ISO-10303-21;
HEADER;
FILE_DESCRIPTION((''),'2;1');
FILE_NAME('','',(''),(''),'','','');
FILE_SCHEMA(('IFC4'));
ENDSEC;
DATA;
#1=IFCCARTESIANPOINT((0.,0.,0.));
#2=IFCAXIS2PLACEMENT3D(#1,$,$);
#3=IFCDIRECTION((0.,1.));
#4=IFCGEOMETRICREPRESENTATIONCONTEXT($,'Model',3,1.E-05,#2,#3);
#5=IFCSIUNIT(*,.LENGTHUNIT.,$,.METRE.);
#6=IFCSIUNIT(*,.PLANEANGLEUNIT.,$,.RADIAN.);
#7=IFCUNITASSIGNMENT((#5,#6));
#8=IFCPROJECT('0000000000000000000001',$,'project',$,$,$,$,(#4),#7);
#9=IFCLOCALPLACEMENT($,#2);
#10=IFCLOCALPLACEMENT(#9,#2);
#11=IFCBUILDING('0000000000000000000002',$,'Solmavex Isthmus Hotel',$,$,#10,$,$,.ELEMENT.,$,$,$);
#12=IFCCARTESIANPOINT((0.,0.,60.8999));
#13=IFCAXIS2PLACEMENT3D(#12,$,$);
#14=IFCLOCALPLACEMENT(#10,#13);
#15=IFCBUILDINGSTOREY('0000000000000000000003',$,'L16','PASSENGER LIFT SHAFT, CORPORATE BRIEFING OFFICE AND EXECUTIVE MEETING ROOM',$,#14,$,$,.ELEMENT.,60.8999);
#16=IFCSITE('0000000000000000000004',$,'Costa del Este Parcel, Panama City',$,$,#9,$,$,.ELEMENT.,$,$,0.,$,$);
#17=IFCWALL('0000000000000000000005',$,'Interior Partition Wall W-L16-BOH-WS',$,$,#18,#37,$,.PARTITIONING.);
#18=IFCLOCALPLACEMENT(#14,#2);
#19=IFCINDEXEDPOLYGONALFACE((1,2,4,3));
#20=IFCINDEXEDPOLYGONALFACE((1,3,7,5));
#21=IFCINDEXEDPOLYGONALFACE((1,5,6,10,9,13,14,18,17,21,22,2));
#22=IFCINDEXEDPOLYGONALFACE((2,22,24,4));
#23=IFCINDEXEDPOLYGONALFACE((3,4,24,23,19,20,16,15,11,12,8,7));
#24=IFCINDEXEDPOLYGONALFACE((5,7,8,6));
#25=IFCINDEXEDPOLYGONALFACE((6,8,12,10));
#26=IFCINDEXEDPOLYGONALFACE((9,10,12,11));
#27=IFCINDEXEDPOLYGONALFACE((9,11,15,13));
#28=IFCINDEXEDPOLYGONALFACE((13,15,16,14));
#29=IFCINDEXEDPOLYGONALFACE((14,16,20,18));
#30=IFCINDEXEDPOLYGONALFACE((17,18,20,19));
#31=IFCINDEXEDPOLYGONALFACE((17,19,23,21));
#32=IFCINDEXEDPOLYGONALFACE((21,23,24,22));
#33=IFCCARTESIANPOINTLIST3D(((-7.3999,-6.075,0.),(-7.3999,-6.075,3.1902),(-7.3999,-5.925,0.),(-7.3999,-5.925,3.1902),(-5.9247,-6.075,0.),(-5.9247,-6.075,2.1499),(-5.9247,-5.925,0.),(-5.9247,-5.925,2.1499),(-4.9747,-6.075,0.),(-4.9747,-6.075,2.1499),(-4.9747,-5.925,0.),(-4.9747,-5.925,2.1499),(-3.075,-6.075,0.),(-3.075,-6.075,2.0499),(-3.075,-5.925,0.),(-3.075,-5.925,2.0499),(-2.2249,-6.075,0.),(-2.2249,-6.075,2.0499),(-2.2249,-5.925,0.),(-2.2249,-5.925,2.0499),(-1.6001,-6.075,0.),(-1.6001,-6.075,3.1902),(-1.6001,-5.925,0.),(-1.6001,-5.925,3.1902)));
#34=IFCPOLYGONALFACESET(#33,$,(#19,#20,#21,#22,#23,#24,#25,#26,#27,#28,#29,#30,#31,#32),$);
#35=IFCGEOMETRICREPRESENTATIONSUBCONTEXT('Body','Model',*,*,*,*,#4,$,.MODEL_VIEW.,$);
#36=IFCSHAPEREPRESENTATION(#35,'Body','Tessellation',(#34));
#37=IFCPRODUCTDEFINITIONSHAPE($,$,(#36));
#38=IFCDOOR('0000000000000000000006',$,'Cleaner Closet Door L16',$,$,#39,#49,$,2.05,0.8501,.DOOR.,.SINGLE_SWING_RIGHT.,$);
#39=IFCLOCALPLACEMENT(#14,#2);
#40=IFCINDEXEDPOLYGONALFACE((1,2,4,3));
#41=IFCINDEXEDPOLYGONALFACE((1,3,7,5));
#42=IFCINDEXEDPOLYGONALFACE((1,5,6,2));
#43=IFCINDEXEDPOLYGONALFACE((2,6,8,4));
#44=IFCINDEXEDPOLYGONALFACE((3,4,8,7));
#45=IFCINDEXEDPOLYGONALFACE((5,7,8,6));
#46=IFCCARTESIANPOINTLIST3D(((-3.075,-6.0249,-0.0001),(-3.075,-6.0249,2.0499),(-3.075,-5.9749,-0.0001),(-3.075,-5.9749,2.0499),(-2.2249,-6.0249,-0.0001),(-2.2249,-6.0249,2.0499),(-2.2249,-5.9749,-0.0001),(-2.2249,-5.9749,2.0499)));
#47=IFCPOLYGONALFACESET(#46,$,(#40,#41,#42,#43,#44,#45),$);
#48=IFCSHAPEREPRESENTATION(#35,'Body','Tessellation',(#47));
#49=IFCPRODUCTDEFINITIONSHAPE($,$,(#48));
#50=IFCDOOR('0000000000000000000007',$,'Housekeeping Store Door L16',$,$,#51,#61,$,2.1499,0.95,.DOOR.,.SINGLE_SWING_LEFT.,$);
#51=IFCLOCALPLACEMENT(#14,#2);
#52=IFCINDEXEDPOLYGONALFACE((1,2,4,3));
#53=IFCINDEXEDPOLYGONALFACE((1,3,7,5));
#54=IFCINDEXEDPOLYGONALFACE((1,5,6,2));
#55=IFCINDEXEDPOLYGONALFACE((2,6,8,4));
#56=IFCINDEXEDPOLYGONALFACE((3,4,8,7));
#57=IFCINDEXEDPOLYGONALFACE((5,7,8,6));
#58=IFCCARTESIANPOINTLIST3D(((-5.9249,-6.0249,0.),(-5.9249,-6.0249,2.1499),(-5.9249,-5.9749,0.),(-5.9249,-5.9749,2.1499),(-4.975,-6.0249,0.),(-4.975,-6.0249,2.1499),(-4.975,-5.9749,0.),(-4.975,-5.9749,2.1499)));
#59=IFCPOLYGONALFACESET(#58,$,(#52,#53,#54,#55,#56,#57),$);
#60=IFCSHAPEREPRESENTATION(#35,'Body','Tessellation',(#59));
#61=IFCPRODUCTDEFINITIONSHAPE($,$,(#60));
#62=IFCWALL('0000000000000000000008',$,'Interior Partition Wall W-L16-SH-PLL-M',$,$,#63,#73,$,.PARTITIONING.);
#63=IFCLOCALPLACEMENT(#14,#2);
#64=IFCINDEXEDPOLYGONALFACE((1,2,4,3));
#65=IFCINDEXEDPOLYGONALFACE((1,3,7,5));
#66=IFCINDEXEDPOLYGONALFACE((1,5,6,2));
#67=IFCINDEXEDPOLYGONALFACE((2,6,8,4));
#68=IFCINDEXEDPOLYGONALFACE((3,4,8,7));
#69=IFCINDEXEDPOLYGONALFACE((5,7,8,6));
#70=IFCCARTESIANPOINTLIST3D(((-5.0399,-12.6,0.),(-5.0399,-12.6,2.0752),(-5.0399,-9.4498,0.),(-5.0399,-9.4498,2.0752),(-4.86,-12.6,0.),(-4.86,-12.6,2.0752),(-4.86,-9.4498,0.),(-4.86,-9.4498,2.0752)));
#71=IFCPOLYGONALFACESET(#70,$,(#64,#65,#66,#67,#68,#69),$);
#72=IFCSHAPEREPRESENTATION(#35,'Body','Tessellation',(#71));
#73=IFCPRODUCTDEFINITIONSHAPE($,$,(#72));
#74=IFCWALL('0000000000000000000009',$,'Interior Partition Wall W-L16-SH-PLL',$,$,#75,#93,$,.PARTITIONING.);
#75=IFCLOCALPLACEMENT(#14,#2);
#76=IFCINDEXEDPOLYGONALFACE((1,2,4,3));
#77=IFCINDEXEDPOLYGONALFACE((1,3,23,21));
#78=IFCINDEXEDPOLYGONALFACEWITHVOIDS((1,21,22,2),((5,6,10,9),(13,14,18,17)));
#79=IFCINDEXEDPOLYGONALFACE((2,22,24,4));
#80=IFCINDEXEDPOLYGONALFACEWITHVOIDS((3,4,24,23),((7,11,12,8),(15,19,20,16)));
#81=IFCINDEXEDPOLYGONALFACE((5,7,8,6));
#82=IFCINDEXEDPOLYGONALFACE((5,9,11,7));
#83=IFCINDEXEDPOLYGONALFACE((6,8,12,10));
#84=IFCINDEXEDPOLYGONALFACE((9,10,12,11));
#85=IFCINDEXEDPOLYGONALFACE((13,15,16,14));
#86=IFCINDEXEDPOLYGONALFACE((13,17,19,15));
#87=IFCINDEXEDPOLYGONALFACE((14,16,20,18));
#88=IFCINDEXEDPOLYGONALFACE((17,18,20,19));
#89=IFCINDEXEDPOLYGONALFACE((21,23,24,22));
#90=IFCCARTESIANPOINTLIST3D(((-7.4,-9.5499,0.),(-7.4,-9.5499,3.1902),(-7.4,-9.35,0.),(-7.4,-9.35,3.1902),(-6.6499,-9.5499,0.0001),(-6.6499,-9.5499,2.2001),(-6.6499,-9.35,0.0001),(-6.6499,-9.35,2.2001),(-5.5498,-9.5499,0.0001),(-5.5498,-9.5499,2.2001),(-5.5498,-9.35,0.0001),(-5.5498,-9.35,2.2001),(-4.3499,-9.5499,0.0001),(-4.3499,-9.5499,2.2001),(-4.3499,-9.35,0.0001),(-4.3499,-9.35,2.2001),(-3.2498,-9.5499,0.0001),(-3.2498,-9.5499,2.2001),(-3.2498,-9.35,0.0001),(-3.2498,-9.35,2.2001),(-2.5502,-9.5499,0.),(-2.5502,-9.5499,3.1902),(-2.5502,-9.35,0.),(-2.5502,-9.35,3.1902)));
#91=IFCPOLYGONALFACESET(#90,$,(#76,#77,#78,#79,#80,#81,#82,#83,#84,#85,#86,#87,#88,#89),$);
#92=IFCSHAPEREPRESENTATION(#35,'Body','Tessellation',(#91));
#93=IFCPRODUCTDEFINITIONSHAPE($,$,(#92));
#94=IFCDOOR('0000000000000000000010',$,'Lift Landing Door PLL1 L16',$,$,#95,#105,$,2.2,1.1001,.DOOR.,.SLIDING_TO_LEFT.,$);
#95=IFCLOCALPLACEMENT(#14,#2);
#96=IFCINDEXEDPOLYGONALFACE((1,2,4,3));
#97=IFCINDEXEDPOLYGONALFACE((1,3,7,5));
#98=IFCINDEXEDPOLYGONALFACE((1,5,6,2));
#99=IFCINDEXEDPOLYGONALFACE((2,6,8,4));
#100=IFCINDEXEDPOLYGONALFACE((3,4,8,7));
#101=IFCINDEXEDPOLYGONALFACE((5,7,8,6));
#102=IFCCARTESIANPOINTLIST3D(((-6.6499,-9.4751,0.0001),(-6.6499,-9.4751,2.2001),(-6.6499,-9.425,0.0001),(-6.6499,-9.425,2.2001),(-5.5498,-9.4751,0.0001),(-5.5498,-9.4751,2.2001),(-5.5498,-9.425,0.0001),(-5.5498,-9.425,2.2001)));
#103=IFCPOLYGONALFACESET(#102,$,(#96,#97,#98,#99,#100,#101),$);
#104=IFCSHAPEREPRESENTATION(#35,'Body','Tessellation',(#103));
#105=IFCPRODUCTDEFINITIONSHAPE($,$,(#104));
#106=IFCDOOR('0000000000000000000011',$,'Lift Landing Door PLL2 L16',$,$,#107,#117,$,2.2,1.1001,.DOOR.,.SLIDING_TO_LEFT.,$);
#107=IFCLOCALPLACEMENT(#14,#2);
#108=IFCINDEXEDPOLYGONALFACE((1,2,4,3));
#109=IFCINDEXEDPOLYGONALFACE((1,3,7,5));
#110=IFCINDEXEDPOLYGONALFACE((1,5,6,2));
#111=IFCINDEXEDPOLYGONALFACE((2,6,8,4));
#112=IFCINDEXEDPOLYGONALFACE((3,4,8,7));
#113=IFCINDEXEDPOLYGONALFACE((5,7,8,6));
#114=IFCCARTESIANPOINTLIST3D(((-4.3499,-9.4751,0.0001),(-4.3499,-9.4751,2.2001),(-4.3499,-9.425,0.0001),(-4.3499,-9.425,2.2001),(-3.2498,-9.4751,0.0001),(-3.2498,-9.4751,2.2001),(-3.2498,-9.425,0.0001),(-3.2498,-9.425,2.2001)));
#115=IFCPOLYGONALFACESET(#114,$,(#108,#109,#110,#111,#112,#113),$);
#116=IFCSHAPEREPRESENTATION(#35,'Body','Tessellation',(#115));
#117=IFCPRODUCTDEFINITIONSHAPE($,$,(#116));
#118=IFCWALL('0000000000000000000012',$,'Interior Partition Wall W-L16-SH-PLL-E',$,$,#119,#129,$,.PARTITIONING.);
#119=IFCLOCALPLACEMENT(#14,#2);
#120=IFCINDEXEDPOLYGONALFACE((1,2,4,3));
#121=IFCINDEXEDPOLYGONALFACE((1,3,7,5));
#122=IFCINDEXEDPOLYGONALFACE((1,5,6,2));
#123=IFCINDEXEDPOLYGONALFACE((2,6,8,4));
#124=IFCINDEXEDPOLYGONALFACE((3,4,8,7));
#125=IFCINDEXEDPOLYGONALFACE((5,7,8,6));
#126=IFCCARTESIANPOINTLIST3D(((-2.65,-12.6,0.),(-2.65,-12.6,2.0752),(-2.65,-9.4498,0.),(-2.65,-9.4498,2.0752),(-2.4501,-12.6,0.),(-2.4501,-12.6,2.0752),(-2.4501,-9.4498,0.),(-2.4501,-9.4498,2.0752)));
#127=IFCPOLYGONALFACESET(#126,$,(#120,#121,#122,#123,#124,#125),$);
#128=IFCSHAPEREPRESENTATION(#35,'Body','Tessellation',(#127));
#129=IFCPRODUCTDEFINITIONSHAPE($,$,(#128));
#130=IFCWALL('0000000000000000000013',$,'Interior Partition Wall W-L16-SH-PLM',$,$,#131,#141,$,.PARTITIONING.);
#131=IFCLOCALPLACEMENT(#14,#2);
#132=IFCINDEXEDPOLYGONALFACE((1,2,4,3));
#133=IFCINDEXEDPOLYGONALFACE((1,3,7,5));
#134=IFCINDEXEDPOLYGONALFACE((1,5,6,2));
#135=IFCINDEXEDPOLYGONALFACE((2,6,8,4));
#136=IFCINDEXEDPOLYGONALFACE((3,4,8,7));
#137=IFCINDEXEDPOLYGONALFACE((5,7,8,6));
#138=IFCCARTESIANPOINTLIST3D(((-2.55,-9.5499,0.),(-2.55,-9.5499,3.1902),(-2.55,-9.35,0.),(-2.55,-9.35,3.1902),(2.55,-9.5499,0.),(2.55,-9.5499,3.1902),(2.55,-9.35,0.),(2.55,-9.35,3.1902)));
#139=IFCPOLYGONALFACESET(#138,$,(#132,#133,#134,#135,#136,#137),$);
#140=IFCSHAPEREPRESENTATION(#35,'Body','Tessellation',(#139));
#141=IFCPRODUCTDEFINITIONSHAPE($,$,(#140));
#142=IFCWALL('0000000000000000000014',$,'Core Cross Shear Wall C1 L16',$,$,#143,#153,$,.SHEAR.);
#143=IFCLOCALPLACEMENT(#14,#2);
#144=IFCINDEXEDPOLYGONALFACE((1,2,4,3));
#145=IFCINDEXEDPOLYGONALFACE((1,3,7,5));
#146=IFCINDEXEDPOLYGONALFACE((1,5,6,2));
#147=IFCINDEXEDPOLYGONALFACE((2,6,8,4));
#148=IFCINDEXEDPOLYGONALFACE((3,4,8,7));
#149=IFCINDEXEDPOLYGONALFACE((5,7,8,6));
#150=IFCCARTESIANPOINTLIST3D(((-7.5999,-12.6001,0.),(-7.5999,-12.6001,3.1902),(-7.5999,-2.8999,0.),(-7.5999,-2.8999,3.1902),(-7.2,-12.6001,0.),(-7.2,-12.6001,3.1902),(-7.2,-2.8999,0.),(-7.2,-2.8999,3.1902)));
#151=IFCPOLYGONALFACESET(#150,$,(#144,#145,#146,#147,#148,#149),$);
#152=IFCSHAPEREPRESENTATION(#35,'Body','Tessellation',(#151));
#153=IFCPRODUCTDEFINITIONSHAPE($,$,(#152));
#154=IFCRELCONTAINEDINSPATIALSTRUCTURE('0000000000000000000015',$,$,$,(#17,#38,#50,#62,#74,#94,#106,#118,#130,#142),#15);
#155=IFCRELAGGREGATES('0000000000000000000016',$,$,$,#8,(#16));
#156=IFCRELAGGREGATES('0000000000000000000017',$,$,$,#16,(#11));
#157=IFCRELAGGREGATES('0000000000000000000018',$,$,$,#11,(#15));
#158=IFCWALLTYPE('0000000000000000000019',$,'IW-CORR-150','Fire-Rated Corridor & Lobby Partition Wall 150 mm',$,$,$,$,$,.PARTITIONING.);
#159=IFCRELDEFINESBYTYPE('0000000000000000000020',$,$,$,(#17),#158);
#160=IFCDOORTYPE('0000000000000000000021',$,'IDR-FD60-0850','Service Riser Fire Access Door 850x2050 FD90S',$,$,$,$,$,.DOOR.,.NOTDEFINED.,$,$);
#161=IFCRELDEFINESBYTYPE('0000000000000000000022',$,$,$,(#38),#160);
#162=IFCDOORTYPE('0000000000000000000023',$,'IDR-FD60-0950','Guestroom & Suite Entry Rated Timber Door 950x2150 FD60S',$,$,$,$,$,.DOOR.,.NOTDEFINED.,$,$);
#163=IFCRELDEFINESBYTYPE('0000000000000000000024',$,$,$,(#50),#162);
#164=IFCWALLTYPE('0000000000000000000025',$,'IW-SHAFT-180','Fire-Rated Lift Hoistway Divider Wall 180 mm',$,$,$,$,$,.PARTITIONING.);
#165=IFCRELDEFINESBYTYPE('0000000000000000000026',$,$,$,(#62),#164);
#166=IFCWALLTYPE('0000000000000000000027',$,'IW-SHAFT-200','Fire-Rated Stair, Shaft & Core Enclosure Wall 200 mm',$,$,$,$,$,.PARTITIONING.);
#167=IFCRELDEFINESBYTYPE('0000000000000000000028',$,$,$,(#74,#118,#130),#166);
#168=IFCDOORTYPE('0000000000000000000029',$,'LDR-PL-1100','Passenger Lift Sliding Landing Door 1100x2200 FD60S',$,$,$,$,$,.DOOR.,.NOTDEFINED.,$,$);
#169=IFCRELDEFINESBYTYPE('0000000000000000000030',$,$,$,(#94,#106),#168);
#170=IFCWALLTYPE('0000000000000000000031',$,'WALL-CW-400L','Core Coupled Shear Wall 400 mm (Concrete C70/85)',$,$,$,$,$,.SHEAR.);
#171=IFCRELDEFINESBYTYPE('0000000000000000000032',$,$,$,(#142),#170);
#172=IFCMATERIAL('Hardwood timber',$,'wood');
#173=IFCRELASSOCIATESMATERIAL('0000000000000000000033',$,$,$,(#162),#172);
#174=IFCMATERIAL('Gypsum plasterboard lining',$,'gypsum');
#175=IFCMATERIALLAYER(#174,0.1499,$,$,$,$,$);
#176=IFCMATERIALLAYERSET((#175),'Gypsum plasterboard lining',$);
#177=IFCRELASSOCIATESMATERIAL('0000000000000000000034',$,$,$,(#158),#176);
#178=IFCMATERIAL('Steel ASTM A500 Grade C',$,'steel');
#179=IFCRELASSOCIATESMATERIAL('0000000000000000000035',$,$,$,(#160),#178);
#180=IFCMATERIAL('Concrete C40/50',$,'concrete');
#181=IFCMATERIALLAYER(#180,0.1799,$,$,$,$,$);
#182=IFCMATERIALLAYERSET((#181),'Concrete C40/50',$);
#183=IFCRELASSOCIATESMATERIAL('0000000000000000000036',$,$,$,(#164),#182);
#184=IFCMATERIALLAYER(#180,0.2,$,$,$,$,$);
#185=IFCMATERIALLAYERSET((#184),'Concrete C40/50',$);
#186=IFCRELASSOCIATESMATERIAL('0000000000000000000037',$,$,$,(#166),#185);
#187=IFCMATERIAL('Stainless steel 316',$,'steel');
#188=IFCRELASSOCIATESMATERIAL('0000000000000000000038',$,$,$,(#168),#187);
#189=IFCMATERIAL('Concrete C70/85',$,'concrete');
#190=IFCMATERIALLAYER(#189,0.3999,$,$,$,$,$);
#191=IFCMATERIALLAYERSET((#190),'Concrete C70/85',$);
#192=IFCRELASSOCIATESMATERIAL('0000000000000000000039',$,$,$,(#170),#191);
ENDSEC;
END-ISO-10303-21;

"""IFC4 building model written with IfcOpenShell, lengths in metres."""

from ifc_helpers import new_model, si_unit, direction, frame, frame_2d, origin, place, context, subcontext, project, spatial, rectangle, extrude, material, layer, layer_set, type_object, element, fill, save


model = new_model("IFC4")

# Units and contexts
model_context = context("Model", 3, precision=1e-05, world=origin(), true_north=direction((0.0, 1.0)))
body_context = subcontext(model_context, "Body", "Model", "MODEL_VIEW")
ifc_project = project(units=[si_unit("LENGTHUNIT", "METRE"), si_unit("PLANEANGLEUNIT", "RADIAN")], contexts=[model_context])

# Site, building, storey
site_placement = place(None, origin())
site = spatial("IfcSite", under=ifc_project, at=site_placement, Name="Costa del Este Parcel, Panama City", CompositionType="ELEMENT", RefElevation=0.0)
building_placement = place(site_placement, origin())
building = spatial("IfcBuilding", under=site, at=building_placement, Name="Solmavex Isthmus Hotel", CompositionType="ELEMENT")
storey_placement = place(building_placement, frame((0.0, 0.0, 60.8999)))
storey = spatial("IfcBuildingStorey", under=building, at=storey_placement, Name="L16", Description="PASSENGER LIFT SHAFT, CORPORATE BRIEFING OFFICE AND EXECUTIVE MEETING ROOM", CompositionType="ELEMENT", Elevation=60.8999)

# Shared definitions
ifc_material_1 = material(Name="Concrete C70/85", Category="concrete")

# Shared definitions
ifc_material_2 = material(Name="Gypsum plasterboard lining", Category="gypsum")
ifc_material_3 = material(Name="Hardwood timber", Category="wood")
door_type_1 = type_object("IfcDoorType", Name="IDR-FD60-0950", Description="Guestroom & Suite Entry Rated Timber Door 950x2150 FD60S", OperationType="NOTDEFINED", PredefinedType="DOOR", material=ifc_material_3)

# Wall, openings, doors
ifc_layer_1 = layer(ifc_material_2, 0.1499)
ifc_layer_set_1 = layer_set([ifc_layer_1], Name="Gypsum plasterboard lining")
wall_type_1 = type_object("IfcWallType", Name="IW-CORR-150", Description="Fire-Rated Corridor & Lobby Partition Wall 150 mm", PredefinedType="PARTITIONING", material=ifc_layer_set_1)
wall_1_placement = place(storey_placement, frame((-7.3999, -6.0, 0.0), z_axis=(0.0, 0.0, 1.0), x_axis=(1.0, 0.0, 0.0)))
wall_1 = element("IfcWall", 1, at=wall_1_placement, inside=storey, type_object=wall_type_1, Name="Interior Partition Wall W-L16-BOH-WS", PredefinedType="PARTITIONING", context=body_context, shape_type="SweptSolid", body=[
    extrude(rectangle(XDim=5.7998, YDim=0.1499, at=frame_2d((2.8999, 0.0))), origin(), (0.0, 0.0, 1.0), 3.1902),
])
opening_1_placement = place(wall_1_placement, frame((1.4751, 0.0, 0.0)))
opening_1 = element("IfcOpeningElement", 2, at=opening_1_placement, cuts=wall_1, PredefinedType="OPENING", context=body_context, shape_type="SweptSolid", body=[
    extrude(rectangle(XDim=0.95, YDim=2.1499, at=frame_2d((0.4751, 1.075))), frame((0.0, 0.085, 0.0), z_axis=(0.0, -1.0, 0.0), x_axis=(1.0, 0.0, 0.0)), (0.0, 0.0, 1.0), 0.1699),
])
opening_2_placement = place(wall_1_placement, frame((4.325, 0.0, 0.0)))
opening_2 = element("IfcOpeningElement", 3, at=opening_2_placement, cuts=wall_1, PredefinedType="OPENING", context=body_context, shape_type="SweptSolid", body=[
    extrude(rectangle(XDim=0.8501, YDim=2.05, at=frame_2d((0.425, 1.0249))), frame((0.0, 0.085, 0.0), z_axis=(0.0, -1.0, 0.0), x_axis=(1.0, 0.0, 0.0)), (0.0, 0.0, 1.0), 0.1699),
])
ifc_material_4 = material(Name="Steel ASTM A500 Grade C", Category="steel")
door_type_2 = type_object("IfcDoorType", Name="IDR-FD60-0850", Description="Service Riser Fire Access Door 850x2050 FD90S", OperationType="NOTDEFINED", PredefinedType="DOOR", material=ifc_material_4)
door_1_placement = place(opening_2_placement, frame((0.8501, 0.0, 0.0), z_axis=(0.0, 0.0, 1.0), x_axis=(-1.0, 0.0, 0.0)))
door_1 = element("IfcDoor", 4, at=door_1_placement, inside=storey, type_object=door_type_2, Name="Cleaner Closet Door L16", OperationType="SINGLE_SWING_RIGHT", OverallHeight=2.05, OverallWidth=0.8501, PredefinedType="DOOR", context=body_context, shape_type="SweptSolid", body=[
    extrude(rectangle(XDim=0.8501, YDim=2.05, at=frame_2d((0.425, 1.0249))), frame((0.0, 0.0249, 0.0), z_axis=(0.0, -1.0, 0.0), x_axis=(1.0, 0.0, 0.0)), (0.0, 0.0, 1.0), 0.05),
])
fill(opening_2, door_1)
door_2_placement = place(opening_1_placement, frame((0.95, 0.0, 0.0), z_axis=(0.0, 0.0, 1.0), x_axis=(-1.0, 0.0, 0.0)))
door_2 = element("IfcDoor", 5, at=door_2_placement, inside=storey, type_object=door_type_1, Name="Housekeeping Store Door L16", OperationType="SINGLE_SWING_LEFT", OverallHeight=2.1499, OverallWidth=0.95, PredefinedType="DOOR", context=body_context, shape_type="SweptSolid", body=[
    extrude(rectangle(XDim=0.95, YDim=2.1499, at=frame_2d((0.4751, 1.075))), frame((0.0, 0.0249, 0.0), z_axis=(0.0, -1.0, 0.0), x_axis=(1.0, 0.0, 0.0)), (0.0, 0.0, 1.0), 0.05),
])
fill(opening_1, door_2)

# Wall
ifc_material_5 = material(Name="Concrete C40/50", Category="concrete")
ifc_layer_2 = layer(ifc_material_5, 0.1799)
ifc_layer_set_2 = layer_set([ifc_layer_2], Name="Concrete C40/50")
wall_type_2 = type_object("IfcWallType", Name="IW-SHAFT-180", Description="Fire-Rated Lift Hoistway Divider Wall 180 mm", PredefinedType="PARTITIONING", material=ifc_layer_set_2)
wall_2_placement = place(storey_placement, frame((-4.95, -12.6001, 0.0), z_axis=(0.0, 0.0, 1.0), x_axis=(0.0, 1.0, 0.0)))
element("IfcWall", 6, at=wall_2_placement, inside=storey, type_object=wall_type_2, Name="Interior Partition Wall W-L16-SH-PLL-M", PredefinedType="PARTITIONING", context=body_context, shape_type="SweptSolid", body=[
    extrude(rectangle(XDim=3.1501, YDim=0.1799, at=frame_2d((1.5752, 0.0))), origin(), (0.0, 0.0, 1.0), 2.0752),
])

# Wall, openings, doors
ifc_layer_3 = layer(ifc_material_5, 0.2)
ifc_layer_set_3 = layer_set([ifc_layer_3], Name="Concrete C40/50")
wall_type_3 = type_object("IfcWallType", Name="IW-SHAFT-200", Description="Fire-Rated Stair, Shaft & Core Enclosure Wall 200 mm", PredefinedType="PARTITIONING", material=ifc_layer_set_3)
wall_3_placement = place(storey_placement, frame((-7.3999, -9.45, 0.0), z_axis=(0.0, 0.0, 1.0), x_axis=(1.0, 0.0, 0.0)))
wall_3 = element("IfcWall", 7, at=wall_3_placement, inside=storey, type_object=wall_type_3, Name="Interior Partition Wall W-L16-SH-PLL", PredefinedType="PARTITIONING", context=body_context, shape_type="SweptSolid", body=[
    extrude(rectangle(XDim=4.8499, YDim=0.2, at=frame_2d((2.4248, 0.0))), origin(), (0.0, 0.0, 1.0), 3.1902),
])
opening_3_placement = place(wall_3_placement, frame((0.75, 0.0, 0.0)))
opening_3 = element("IfcOpeningElement", 8, at=opening_3_placement, cuts=wall_3, PredefinedType="OPENING", context=body_context, shape_type="SweptSolid", body=[
    extrude(rectangle(XDim=1.1001, YDim=2.2, at=frame_2d((0.55, 1.1001))), frame((0.0, 0.1099, 0.0), z_axis=(0.0, -1.0, 0.0), x_axis=(1.0, 0.0, 0.0)), (0.0, 0.0, 1.0), 0.22),
])
opening_4_placement = place(wall_3_placement, frame((3.05, 0.0, 0.0)))
opening_4 = element("IfcOpeningElement", 9, at=opening_4_placement, cuts=wall_3, PredefinedType="OPENING", context=body_context, shape_type="SweptSolid", body=[
    extrude(rectangle(XDim=1.1001, YDim=2.2, at=frame_2d((0.55, 1.1001))), frame((0.0, 0.1099, 0.0), z_axis=(0.0, -1.0, 0.0), x_axis=(1.0, 0.0, 0.0)), (0.0, 0.0, 1.0), 0.22),
])
ifc_material_6 = material(Name="Stainless steel 316", Category="steel")
door_type_3 = type_object("IfcDoorType", Name="LDR-PL-1100", Description="Passenger Lift Sliding Landing Door 1100x2200 FD60S", OperationType="NOTDEFINED", PredefinedType="DOOR", material=ifc_material_6)
door_3_placement = place(opening_3_placement, origin())
door_3 = element("IfcDoor", 10, at=door_3_placement, inside=storey, type_object=door_type_3, Name="Lift Landing Door PLL1 L16", OperationType="SLIDING_TO_LEFT", OverallHeight=2.2, OverallWidth=1.1001, PredefinedType="DOOR", context=body_context, shape_type="SweptSolid", body=[
    extrude(rectangle(XDim=1.1001, YDim=2.2, at=frame_2d((0.55, 1.1001))), frame((0.0, 0.0249, 0.0), z_axis=(0.0, -1.0, 0.0), x_axis=(1.0, 0.0, 0.0)), (0.0, 0.0, 1.0), 0.05),
])
fill(opening_3, door_3)
door_4_placement = place(opening_4_placement, origin())
door_4 = element("IfcDoor", 11, at=door_4_placement, inside=storey, type_object=door_type_3, Name="Lift Landing Door PLL2 L16", OperationType="SLIDING_TO_LEFT", OverallHeight=2.2, OverallWidth=1.1001, PredefinedType="DOOR", context=body_context, shape_type="SweptSolid", body=[
    extrude(rectangle(XDim=1.1001, YDim=2.2, at=frame_2d((0.55, 1.1001))), frame((0.0, 0.0249, 0.0), z_axis=(0.0, -1.0, 0.0), x_axis=(1.0, 0.0, 0.0)), (0.0, 0.0, 1.0), 0.05),
])
fill(opening_4, door_4)

# Walls
wall_4_placement = place(storey_placement, frame((-2.55, -12.6001, 0.0), z_axis=(0.0, 0.0, 1.0), x_axis=(0.0, 1.0, 0.0)))
element("IfcWall", 12, at=wall_4_placement, inside=storey, type_object=wall_type_3, Name="Interior Partition Wall W-L16-SH-PLL-E", PredefinedType="PARTITIONING", context=body_context, shape_type="SweptSolid", body=[
    extrude(rectangle(XDim=3.1501, YDim=0.2, at=frame_2d((1.5752, 0.0))), origin(), (0.0, 0.0, 1.0), 2.0752),
])
wall_5_placement = place(storey_placement, frame((-2.55, -9.45, 0.0), z_axis=(0.0, 0.0, 1.0), x_axis=(1.0, 0.0, 0.0)))
element("IfcWall", 13, at=wall_5_placement, inside=storey, type_object=wall_type_3, Name="Interior Partition Wall W-L16-SH-PLM", PredefinedType="PARTITIONING", context=body_context, shape_type="SweptSolid", body=[
    extrude(rectangle(XDim=5.1001, YDim=0.2, at=frame_2d((2.55, 0.0))), origin(), (0.0, 0.0, 1.0), 3.1902),
])
ifc_layer_4 = layer(ifc_material_1, 0.3999)
ifc_layer_set_4 = layer_set([ifc_layer_4], Name="Concrete C70/85")
wall_type_4 = type_object("IfcWallType", Name="WALL-CW-400L", Description="Core Coupled Shear Wall 400 mm (Concrete C70/85)", PredefinedType="SHEAR", material=ifc_layer_set_4)
wall_6_placement = place(storey_placement, frame((-7.3999, -12.6001, 0.0), z_axis=(0.0, 0.0, 1.0), x_axis=(0.0, 1.0, 0.0)))
element("IfcWall", 14, at=wall_6_placement, inside=storey, type_object=wall_type_4, Name="Core Cross Shear Wall C1 L16", PredefinedType="SHEAR", context=body_context, shape_type="SweptSolid", body=[
    extrude(rectangle(XDim=9.7002, YDim=0.3999, at=frame_2d((4.8501, 0.0))), origin(), (0.0, 0.0, 1.0), 3.1902),
])

save(model, "model.ifc")
